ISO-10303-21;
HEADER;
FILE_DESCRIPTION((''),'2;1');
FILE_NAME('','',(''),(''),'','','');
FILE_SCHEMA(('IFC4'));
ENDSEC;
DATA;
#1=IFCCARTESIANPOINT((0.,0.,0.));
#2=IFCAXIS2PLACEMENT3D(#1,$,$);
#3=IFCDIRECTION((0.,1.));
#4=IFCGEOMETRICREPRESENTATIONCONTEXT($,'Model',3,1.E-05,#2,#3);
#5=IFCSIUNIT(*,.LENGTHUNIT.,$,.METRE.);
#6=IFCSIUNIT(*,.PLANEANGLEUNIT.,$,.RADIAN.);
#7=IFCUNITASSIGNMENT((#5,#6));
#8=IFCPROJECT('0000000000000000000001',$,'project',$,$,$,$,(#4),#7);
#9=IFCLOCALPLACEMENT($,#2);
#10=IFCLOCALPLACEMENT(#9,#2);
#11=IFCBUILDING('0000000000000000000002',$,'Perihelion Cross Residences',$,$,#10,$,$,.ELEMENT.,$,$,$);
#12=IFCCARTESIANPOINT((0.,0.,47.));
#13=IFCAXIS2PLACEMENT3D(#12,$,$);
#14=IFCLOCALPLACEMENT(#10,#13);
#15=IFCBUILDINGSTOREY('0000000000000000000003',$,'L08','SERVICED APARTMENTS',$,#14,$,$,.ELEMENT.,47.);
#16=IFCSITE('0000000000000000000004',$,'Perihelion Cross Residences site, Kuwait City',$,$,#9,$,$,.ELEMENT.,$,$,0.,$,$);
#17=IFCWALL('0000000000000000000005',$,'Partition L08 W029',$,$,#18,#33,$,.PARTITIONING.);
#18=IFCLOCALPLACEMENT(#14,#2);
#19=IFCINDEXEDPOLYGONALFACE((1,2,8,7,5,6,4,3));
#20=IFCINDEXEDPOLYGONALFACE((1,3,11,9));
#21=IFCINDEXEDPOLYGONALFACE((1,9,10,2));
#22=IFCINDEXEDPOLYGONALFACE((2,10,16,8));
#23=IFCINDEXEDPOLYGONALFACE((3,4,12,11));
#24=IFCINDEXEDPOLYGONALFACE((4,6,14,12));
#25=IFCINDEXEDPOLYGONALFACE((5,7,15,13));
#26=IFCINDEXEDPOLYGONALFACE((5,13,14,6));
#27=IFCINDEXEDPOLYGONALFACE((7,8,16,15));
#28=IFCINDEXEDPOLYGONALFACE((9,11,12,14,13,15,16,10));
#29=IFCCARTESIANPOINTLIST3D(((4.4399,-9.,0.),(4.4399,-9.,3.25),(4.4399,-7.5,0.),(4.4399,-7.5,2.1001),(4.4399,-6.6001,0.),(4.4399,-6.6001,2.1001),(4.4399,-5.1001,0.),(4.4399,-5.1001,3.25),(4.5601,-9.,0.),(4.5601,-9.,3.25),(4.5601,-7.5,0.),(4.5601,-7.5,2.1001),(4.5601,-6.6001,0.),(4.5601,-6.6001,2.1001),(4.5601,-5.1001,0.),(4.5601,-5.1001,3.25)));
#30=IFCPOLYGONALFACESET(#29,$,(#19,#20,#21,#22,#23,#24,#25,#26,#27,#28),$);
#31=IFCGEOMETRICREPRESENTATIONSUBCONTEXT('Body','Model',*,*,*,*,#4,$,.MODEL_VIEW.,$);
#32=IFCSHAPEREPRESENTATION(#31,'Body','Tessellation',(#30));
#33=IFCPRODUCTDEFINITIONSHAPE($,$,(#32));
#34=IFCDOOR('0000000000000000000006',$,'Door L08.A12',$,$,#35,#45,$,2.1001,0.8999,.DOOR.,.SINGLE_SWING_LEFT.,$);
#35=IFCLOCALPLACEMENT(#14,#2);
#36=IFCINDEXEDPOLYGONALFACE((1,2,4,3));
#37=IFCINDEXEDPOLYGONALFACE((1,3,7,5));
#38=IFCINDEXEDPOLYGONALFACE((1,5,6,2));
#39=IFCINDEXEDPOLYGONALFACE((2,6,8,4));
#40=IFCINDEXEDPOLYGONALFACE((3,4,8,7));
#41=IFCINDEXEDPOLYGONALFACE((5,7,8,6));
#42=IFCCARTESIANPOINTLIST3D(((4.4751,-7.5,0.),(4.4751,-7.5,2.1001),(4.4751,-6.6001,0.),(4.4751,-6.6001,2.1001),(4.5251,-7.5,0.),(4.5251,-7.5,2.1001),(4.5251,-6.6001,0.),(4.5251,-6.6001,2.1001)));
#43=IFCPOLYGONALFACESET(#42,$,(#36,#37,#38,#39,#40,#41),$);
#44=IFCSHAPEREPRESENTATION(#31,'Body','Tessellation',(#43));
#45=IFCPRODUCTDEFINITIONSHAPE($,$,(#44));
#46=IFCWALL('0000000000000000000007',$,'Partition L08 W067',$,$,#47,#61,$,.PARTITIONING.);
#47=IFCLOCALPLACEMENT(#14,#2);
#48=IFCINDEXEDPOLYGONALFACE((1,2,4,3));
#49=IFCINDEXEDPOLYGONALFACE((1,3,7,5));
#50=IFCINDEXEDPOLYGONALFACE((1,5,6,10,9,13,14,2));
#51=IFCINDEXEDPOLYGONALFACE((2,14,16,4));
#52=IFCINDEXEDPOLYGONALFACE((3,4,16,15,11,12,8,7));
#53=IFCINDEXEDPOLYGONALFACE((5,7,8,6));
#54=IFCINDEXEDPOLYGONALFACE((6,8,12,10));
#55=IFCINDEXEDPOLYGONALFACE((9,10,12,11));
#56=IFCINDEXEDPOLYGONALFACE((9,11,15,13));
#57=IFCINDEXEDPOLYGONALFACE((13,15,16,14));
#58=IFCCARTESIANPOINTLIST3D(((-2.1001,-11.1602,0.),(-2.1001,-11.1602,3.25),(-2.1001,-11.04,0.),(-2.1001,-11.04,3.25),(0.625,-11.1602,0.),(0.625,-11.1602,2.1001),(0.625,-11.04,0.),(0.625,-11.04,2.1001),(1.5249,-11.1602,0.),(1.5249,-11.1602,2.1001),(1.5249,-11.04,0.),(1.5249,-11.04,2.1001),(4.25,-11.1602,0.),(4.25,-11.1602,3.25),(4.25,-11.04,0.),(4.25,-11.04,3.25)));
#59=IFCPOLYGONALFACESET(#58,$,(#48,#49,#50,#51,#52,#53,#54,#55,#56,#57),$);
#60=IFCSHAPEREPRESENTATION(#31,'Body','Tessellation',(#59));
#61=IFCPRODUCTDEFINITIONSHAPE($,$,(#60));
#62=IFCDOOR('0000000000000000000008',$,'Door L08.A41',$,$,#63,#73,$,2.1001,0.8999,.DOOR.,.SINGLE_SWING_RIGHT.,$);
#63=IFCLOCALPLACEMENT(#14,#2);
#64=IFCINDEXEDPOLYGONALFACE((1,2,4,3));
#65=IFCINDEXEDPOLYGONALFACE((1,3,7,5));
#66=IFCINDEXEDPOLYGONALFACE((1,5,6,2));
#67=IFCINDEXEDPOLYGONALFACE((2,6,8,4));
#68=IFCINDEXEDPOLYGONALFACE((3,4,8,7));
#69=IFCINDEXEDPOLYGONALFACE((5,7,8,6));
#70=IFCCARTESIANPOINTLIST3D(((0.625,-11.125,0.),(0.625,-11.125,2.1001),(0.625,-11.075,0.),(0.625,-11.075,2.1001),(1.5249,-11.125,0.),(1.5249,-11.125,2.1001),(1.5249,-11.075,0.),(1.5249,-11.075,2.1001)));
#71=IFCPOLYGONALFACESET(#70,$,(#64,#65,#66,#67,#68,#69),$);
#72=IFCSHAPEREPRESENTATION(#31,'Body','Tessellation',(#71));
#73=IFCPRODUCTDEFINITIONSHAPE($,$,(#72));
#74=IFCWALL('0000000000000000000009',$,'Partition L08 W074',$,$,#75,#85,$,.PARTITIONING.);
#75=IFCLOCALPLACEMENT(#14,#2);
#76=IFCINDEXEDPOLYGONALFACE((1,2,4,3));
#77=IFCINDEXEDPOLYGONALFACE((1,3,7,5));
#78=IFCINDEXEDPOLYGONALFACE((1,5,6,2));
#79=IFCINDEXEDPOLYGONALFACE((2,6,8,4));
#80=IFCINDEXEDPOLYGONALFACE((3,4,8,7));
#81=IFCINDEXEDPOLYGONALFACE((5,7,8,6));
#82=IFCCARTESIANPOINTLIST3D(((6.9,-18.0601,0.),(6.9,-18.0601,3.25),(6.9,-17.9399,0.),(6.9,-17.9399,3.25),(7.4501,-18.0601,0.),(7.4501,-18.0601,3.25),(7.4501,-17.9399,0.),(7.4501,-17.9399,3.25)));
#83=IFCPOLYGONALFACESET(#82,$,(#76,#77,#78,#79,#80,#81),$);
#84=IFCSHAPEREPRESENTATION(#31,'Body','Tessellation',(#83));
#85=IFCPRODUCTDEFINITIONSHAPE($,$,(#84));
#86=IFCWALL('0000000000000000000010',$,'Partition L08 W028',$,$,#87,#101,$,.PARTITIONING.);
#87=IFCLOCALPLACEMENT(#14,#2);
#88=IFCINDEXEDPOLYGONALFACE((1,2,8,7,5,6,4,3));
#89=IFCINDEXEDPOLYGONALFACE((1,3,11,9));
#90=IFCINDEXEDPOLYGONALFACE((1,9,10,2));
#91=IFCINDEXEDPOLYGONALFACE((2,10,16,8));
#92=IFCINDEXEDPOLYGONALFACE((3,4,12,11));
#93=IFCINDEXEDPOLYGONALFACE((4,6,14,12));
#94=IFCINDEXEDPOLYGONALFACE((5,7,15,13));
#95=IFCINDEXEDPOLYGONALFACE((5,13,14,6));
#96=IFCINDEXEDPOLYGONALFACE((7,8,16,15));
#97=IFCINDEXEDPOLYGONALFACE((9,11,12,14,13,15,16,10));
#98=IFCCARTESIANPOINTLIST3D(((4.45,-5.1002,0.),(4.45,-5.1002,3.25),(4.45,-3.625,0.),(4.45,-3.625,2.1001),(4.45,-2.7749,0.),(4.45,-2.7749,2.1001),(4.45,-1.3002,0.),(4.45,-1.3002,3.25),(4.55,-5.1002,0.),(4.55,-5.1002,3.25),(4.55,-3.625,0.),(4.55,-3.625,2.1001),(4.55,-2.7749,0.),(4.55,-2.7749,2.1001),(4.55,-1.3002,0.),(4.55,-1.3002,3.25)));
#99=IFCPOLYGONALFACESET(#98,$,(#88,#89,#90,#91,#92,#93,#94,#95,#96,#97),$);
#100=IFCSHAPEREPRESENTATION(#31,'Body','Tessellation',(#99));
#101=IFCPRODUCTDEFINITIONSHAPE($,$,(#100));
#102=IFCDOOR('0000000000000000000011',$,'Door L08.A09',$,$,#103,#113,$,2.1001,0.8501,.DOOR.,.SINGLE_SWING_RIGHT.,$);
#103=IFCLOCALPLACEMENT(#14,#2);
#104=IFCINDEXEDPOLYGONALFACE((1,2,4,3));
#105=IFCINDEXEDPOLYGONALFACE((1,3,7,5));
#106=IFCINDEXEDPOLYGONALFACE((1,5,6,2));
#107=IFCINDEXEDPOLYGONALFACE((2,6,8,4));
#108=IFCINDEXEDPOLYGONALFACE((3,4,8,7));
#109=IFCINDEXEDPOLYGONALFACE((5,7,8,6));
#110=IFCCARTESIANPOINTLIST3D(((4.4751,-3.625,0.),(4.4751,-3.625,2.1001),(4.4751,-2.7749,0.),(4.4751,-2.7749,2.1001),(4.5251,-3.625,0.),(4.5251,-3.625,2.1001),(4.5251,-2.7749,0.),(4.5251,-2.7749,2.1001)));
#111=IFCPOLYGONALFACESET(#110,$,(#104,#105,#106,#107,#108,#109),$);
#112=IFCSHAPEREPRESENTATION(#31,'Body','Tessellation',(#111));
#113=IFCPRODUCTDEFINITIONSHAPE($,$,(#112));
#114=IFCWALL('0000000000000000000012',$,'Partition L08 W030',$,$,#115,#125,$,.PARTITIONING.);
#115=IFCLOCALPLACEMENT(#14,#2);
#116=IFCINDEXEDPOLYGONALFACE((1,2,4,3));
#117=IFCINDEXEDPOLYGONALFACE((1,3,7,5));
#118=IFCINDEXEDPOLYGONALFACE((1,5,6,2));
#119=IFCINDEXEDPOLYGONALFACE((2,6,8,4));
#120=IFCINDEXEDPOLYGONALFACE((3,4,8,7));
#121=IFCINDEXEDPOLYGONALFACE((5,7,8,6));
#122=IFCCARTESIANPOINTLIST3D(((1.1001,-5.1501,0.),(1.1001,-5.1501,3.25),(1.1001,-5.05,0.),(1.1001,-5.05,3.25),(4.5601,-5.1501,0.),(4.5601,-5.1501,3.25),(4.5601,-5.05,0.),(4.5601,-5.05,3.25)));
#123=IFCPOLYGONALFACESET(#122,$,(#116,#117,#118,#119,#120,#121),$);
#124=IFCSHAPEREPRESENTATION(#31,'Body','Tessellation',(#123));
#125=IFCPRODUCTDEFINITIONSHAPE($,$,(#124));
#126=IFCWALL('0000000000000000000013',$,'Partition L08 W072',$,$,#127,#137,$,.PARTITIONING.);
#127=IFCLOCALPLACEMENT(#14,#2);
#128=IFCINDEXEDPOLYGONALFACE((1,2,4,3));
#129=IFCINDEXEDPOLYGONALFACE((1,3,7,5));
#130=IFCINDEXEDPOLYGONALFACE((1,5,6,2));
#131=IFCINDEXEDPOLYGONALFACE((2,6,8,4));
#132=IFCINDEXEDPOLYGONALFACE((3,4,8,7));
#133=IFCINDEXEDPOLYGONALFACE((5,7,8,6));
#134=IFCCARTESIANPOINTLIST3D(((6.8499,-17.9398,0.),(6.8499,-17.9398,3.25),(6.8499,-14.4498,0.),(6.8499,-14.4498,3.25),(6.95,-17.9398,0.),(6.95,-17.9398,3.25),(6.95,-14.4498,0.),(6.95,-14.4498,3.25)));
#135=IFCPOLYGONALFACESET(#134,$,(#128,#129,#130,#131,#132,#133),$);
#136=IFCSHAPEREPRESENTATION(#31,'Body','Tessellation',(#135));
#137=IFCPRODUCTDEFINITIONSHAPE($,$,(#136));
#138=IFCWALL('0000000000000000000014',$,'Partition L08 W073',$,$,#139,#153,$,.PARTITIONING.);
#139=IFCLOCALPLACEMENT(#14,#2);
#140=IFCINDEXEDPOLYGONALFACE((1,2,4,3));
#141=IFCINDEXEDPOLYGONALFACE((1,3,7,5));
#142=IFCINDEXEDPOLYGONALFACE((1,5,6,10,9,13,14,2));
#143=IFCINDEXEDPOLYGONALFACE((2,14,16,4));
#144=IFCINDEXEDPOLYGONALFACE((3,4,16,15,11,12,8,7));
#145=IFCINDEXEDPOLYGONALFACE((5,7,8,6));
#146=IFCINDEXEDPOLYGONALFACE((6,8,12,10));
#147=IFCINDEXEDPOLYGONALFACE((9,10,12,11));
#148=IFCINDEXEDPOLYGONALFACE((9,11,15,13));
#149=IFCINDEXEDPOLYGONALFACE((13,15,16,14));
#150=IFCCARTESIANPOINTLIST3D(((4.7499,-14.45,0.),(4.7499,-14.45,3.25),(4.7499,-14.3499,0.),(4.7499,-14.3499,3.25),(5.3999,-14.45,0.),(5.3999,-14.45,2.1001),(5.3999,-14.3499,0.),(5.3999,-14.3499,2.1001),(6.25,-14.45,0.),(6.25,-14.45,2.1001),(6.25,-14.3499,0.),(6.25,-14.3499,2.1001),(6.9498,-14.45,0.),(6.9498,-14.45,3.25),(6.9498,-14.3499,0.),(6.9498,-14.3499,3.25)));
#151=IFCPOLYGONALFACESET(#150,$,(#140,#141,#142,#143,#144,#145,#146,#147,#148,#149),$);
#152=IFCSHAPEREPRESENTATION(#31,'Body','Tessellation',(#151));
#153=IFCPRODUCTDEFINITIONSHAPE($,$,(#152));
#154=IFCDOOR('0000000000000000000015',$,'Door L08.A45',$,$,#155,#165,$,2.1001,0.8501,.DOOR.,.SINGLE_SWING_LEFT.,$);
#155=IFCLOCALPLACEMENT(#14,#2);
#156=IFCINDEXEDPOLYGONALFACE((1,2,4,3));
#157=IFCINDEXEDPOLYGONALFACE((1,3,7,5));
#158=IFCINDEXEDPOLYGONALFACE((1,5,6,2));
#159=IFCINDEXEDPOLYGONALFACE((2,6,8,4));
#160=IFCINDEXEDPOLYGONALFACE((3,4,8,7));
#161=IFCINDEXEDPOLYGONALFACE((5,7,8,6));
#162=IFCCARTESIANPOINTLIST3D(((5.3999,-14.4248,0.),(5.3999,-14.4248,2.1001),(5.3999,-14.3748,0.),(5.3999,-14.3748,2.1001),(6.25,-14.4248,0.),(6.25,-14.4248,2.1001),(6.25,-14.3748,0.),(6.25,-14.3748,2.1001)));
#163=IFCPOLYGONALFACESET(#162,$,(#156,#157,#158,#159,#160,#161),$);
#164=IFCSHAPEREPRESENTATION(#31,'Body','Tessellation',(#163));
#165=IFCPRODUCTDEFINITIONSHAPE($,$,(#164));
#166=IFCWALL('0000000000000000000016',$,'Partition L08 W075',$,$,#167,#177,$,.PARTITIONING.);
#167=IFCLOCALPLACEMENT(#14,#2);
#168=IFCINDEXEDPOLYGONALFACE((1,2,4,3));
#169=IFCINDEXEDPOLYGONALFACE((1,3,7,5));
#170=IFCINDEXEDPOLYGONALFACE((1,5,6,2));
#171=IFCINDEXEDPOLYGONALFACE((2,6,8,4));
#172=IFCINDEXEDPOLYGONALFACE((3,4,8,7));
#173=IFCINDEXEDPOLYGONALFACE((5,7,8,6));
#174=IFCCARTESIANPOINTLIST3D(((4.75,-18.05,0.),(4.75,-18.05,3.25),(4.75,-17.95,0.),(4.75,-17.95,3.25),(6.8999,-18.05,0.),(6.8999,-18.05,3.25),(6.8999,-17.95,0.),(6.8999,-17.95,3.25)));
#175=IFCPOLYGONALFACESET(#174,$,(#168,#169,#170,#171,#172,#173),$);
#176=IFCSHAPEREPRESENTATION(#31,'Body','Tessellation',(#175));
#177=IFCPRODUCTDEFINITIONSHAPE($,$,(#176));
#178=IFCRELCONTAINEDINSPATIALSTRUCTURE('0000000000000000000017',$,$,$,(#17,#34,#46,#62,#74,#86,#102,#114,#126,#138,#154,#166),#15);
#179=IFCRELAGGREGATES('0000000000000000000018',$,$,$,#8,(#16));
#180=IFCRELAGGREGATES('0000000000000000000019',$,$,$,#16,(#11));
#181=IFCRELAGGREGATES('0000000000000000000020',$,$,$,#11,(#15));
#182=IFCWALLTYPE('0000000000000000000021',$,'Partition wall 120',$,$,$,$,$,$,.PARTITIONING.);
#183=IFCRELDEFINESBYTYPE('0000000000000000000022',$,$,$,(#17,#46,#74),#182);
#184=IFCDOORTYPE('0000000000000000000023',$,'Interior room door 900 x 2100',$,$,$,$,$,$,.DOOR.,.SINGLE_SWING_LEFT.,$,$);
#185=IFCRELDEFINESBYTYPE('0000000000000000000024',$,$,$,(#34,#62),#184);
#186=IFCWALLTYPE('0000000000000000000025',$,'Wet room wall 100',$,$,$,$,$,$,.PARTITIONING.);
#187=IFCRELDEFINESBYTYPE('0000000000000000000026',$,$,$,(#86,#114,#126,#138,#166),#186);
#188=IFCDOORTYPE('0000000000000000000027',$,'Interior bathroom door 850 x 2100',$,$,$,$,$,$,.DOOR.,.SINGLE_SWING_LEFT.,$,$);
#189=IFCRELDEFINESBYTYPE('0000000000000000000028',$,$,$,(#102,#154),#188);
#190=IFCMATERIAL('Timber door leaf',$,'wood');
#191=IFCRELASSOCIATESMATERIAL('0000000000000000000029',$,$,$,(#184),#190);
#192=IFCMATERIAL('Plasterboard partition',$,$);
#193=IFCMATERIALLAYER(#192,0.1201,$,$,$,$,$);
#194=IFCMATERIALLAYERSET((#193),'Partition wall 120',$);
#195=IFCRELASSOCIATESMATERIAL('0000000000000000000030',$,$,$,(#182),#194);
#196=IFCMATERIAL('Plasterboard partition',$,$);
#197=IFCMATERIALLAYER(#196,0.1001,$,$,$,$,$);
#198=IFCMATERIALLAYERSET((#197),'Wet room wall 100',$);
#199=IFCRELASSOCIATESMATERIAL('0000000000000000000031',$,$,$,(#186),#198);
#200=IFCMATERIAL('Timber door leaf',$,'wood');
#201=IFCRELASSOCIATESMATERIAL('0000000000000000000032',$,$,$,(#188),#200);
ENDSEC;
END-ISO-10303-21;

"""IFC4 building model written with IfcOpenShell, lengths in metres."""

from ifc_helpers import new_model, si_unit, direction, frame, frame_2d, origin, place, context, subcontext, project, spatial, rectangle, extrude, material, layer, layer_set, type_object, element, fill, save


model = new_model("IFC4")

# Units and contexts
model_context = context("Model", 3, precision=1e-05, world=origin(), true_north=direction((0.0, 1.0)))
body_context = subcontext(model_context, "Body", "Model", "MODEL_VIEW")
ifc_project = project(units=[si_unit("LENGTHUNIT", "METRE"), si_unit("PLANEANGLEUNIT", "RADIAN")], contexts=[model_context])

# Site, building, storey
site_placement = place(None, origin())
site = spatial("IfcSite", under=ifc_project, at=site_placement, Name="Perihelion Cross Residences site, Kuwait City", CompositionType="ELEMENT", RefElevation=0.0)
building_placement = place(site_placement, origin())
building = spatial("IfcBuilding", under=site, at=building_placement, Name="Perihelion Cross Residences", CompositionType="ELEMENT")
storey_placement = place(building_placement, frame((0.0, 0.0, 47.0)))
storey = spatial("IfcBuildingStorey", under=building, at=storey_placement, Name="L08", Description="SERVICED APARTMENTS", CompositionType="ELEMENT", Elevation=47.0)

# Walls, openings, doors
ifc_material_1 = material(Name="Timber door leaf", Category="wood")
door_type_1 = type_object("IfcDoorType", Name="Interior room door 900 x 2100", OperationType="SINGLE_SWING_LEFT", PredefinedType="DOOR", material=ifc_material_1)
ifc_material_2 = material(Name="Plasterboard partition")
ifc_layer_1 = layer(ifc_material_2, 0.1201)
ifc_layer_set_1 = layer_set([ifc_layer_1], Name="Partition wall 120")
wall_type_1 = type_object("IfcWallType", Name="Partition wall 120", PredefinedType="PARTITIONING", material=ifc_layer_set_1)
wall_1_placement = place(storey_placement, frame((4.5, -9.0, 0.0), z_axis=(0.0, 0.0, 1.0), x_axis=(0.0, 1.0, 0.0)))
wall_1 = element("IfcWall", 1, at=wall_1_placement, inside=storey, type_object=wall_type_1, Name="Partition L08 W029", PredefinedType="PARTITIONING", context=body_context, shape_type="SweptSolid", body=[
    extrude(rectangle(XDim=3.8999, YDim=0.1201, at=frame_2d((1.95, 0.0))), origin(), (0.0, 0.0, 1.0), 3.25),
])
opening_1_placement = place(wall_1_placement, frame((1.5, 0.0, 0.0)))
opening_1 = element("IfcOpeningElement", 2, at=opening_1_placement, cuts=wall_1, PredefinedType="OPENING", context=body_context, shape_type="SweptSolid", body=[
    extrude(rectangle(XDim=0.8999, YDim=2.1001, at=frame_2d((0.45, 1.05))), frame((0.0, 0.0701, 0.0), z_axis=(0.0, -1.0, 0.0), x_axis=(1.0, 0.0, 0.0)), (0.0, 0.0, 1.0), 0.1401),
])
door_1_placement = place(opening_1_placement, origin())
door_1 = element("IfcDoor", 3, at=door_1_placement, inside=storey, type_object=door_type_1, Name="Door L08.A12", OperationType="SINGLE_SWING_LEFT", OverallHeight=2.1001, OverallWidth=0.8999, PredefinedType="DOOR", context=body_context, shape_type="SweptSolid", body=[
    extrude(rectangle(XDim=0.8999, YDim=2.1001, at=frame_2d((0.45, 1.05))), frame((0.0, 0.0249, 0.0), z_axis=(0.0, -1.0, 0.0), x_axis=(1.0, 0.0, 0.0)), (0.0, 0.0, 1.0), 0.05),
])
fill(opening_1, door_1)
wall_2_placement = place(storey_placement, frame((4.25, -11.1001, 0.0), z_axis=(0.0, 0.0, 1.0), x_axis=(-1.0, 0.0, 0.0)))
wall_2 = element("IfcWall", 4, at=wall_2_placement, inside=storey, type_object=wall_type_1, Name="Partition L08 W067", PredefinedType="PARTITIONING", context=body_context, shape_type="SweptSolid", body=[
    extrude(rectangle(XDim=6.3501, YDim=0.1201, at=frame_2d((3.175, 0.0))), origin(), (0.0, 0.0, 1.0), 3.25),
])
opening_2_placement = place(wall_2_placement, frame((2.7251, 0.0, 0.0)))
opening_2 = element("IfcOpeningElement", 5, at=opening_2_placement, cuts=wall_2, PredefinedType="OPENING", context=body_context, shape_type="SweptSolid", body=[
    extrude(rectangle(XDim=0.8999, YDim=2.1001, at=frame_2d((0.45, 1.05))), frame((0.0, 0.0701, 0.0), z_axis=(0.0, -1.0, 0.0), x_axis=(1.0, 0.0, 0.0)), (0.0, 0.0, 1.0), 0.1401),
])
door_2_placement = place(opening_2_placement, origin())
door_2 = element("IfcDoor", 6, at=door_2_placement, inside=storey, type_object=door_type_1, Name="Door L08.A41", OperationType="SINGLE_SWING_RIGHT", OverallHeight=2.1001, OverallWidth=0.8999, PredefinedType="DOOR", context=body_context, shape_type="SweptSolid", body=[
    extrude(rectangle(XDim=0.8999, YDim=2.1001, at=frame_2d((0.45, 1.05))), frame((0.0, 0.0249, 0.0), z_axis=(0.0, -1.0, 0.0), x_axis=(1.0, 0.0, 0.0)), (0.0, 0.0, 1.0), 0.05),
])
fill(opening_2, door_2)

# Wall
wall_3_placement = place(storey_placement, frame((7.45, -18.0, 0.0), z_axis=(0.0, 0.0, 1.0), x_axis=(-1.0, 0.0, 0.0)))
element("IfcWall", 7, at=wall_3_placement, inside=storey, type_object=wall_type_1, Name="Partition L08 W074", PredefinedType="PARTITIONING", context=body_context, shape_type="SweptSolid", body=[
    extrude(rectangle(XDim=0.55, YDim=0.1201, at=frame_2d((0.2749, 0.0))), origin(), (0.0, 0.0, 1.0), 3.25),
])

# Wall, opening, door
ifc_material_3 = material(Name="Plasterboard partition")
ifc_layer_2 = layer(ifc_material_3, 0.1001)
ifc_layer_set_2 = layer_set([ifc_layer_2], Name="Wet room wall 100")
wall_type_2 = type_object("IfcWallType", Name="Wet room wall 100", PredefinedType="PARTITIONING", material=ifc_layer_set_2)
wall_4_placement = place(storey_placement, frame((4.5, -5.1001, 0.0), z_axis=(0.0, 0.0, 1.0), x_axis=(0.0, 1.0, 0.0)))
wall_4 = element("IfcWall", 8, at=wall_4_placement, inside=storey, type_object=wall_type_2, Name="Partition L08 W028", PredefinedType="PARTITIONING", context=body_context, shape_type="SweptSolid", body=[
    extrude(rectangle(XDim=3.8, YDim=0.1001, at=frame_2d((1.8999, 0.0))), origin(), (0.0, 0.0, 1.0), 3.25),
])
opening_3_placement = place(wall_4_placement, frame((1.4751, 0.0, 0.0)))
opening_3 = element("IfcOpeningElement", 9, at=opening_3_placement, cuts=wall_4, PredefinedType="OPENING", context=body_context, shape_type="SweptSolid", body=[
    extrude(rectangle(XDim=0.8501, YDim=2.1001, at=frame_2d((0.425, 1.05))), frame((0.0, 0.0601, 0.0), z_axis=(0.0, -1.0, 0.0), x_axis=(1.0, 0.0, 0.0)), (0.0, 0.0, 1.0), 0.1201),
])
ifc_material_4 = material(Name="Timber door leaf", Category="wood")
door_type_2 = type_object("IfcDoorType", Name="Interior bathroom door 850 x 2100", OperationType="SINGLE_SWING_LEFT", PredefinedType="DOOR", material=ifc_material_4)
door_3_placement = place(opening_3_placement, origin())
door_3 = element("IfcDoor", 10, at=door_3_placement, inside=storey, type_object=door_type_2, Name="Door L08.A09", OperationType="SINGLE_SWING_RIGHT", OverallHeight=2.1001, OverallWidth=0.8501, PredefinedType="DOOR", context=body_context, shape_type="SweptSolid", body=[
    extrude(rectangle(XDim=0.8501, YDim=2.1001, at=frame_2d((0.425, 1.05))), frame((0.0, 0.0249, 0.0), z_axis=(0.0, -1.0, 0.0), x_axis=(1.0, 0.0, 0.0)), (0.0, 0.0, 1.0), 0.05),
])
fill(opening_3, door_3)

# Walls
wall_5_placement = place(storey_placement, frame((4.5601, -5.1001, 0.0), z_axis=(0.0, 0.0, 1.0), x_axis=(-1.0, 0.0, 0.0)))
element("IfcWall", 11, at=wall_5_placement, inside=storey, type_object=wall_type_2, Name="Partition L08 W030", PredefinedType="PARTITIONING", context=body_context, shape_type="SweptSolid", body=[
    extrude(rectangle(XDim=3.46, YDim=0.1001, at=frame_2d((1.73, 0.0))), origin(), (0.0, 0.0, 1.0), 3.25),
])
wall_6_placement = place(storey_placement, frame((6.8999, -17.9399, 0.0), z_axis=(0.0, 0.0, 1.0), x_axis=(0.0, 1.0, 0.0)))
element("IfcWall", 12, at=wall_6_placement, inside=storey, type_object=wall_type_2, Name="Partition L08 W072", PredefinedType="PARTITIONING", context=body_context, shape_type="SweptSolid", body=[
    extrude(rectangle(XDim=3.49, YDim=0.1001, at=frame_2d((1.7451, 0.0))), origin(), (0.0, 0.0, 1.0), 3.25),
])

# Wall, opening, door
wall_7_placement = place(storey_placement, frame((6.95, -14.3999, 0.0), z_axis=(0.0, 0.0, 1.0), x_axis=(-1.0, 0.0, 0.0)))
wall_7 = element("IfcWall", 13, at=wall_7_placement, inside=storey, type_object=wall_type_2, Name="Partition L08 W073", PredefinedType="PARTITIONING", context=body_context, shape_type="SweptSolid", body=[
    extrude(rectangle(XDim=2.2, YDim=0.1001, at=frame_2d((1.1001, 0.0))), origin(), (0.0, 0.0, 1.0), 3.25),
])
opening_4_placement = place(wall_7_placement, frame((0.7, 0.0, 0.0)))
opening_4 = element("IfcOpeningElement", 14, at=opening_4_placement, cuts=wall_7, PredefinedType="OPENING", context=body_context, shape_type="SweptSolid", body=[
    extrude(rectangle(XDim=0.8501, YDim=2.1001, at=frame_2d((0.425, 1.05))), frame((0.0, 0.0601, 0.0), z_axis=(0.0, -1.0, 0.0), x_axis=(1.0, 0.0, 0.0)), (0.0, 0.0, 1.0), 0.1201),
])
door_4_placement = place(opening_4_placement, origin())
door_4 = element("IfcDoor", 15, at=door_4_placement, inside=storey, type_object=door_type_2, Name="Door L08.A45", OperationType="SINGLE_SWING_LEFT", OverallHeight=2.1001, OverallWidth=0.8501, PredefinedType="DOOR", context=body_context, shape_type="SweptSolid", body=[
    extrude(rectangle(XDim=0.8501, YDim=2.1001, at=frame_2d((0.425, 1.05))), frame((0.0, 0.0249, 0.0), z_axis=(0.0, -1.0, 0.0), x_axis=(1.0, 0.0, 0.0)), (0.0, 0.0, 1.0), 0.05),
])
fill(opening_4, door_4)

# Wall
wall_8_placement = place(storey_placement, frame((6.8999, -18.0, 0.0), z_axis=(0.0, 0.0, 1.0), x_axis=(-1.0, 0.0, 0.0)))
element("IfcWall", 16, at=wall_8_placement, inside=storey, type_object=wall_type_2, Name="Partition L08 W075", PredefinedType="PARTITIONING", context=body_context, shape_type="SweptSolid", body=[
    extrude(rectangle(XDim=2.1499, YDim=0.1001, at=frame_2d((1.075, 0.0))), origin(), (0.0, 0.0, 1.0), 3.25),
])

save(model, "model.ifc")
